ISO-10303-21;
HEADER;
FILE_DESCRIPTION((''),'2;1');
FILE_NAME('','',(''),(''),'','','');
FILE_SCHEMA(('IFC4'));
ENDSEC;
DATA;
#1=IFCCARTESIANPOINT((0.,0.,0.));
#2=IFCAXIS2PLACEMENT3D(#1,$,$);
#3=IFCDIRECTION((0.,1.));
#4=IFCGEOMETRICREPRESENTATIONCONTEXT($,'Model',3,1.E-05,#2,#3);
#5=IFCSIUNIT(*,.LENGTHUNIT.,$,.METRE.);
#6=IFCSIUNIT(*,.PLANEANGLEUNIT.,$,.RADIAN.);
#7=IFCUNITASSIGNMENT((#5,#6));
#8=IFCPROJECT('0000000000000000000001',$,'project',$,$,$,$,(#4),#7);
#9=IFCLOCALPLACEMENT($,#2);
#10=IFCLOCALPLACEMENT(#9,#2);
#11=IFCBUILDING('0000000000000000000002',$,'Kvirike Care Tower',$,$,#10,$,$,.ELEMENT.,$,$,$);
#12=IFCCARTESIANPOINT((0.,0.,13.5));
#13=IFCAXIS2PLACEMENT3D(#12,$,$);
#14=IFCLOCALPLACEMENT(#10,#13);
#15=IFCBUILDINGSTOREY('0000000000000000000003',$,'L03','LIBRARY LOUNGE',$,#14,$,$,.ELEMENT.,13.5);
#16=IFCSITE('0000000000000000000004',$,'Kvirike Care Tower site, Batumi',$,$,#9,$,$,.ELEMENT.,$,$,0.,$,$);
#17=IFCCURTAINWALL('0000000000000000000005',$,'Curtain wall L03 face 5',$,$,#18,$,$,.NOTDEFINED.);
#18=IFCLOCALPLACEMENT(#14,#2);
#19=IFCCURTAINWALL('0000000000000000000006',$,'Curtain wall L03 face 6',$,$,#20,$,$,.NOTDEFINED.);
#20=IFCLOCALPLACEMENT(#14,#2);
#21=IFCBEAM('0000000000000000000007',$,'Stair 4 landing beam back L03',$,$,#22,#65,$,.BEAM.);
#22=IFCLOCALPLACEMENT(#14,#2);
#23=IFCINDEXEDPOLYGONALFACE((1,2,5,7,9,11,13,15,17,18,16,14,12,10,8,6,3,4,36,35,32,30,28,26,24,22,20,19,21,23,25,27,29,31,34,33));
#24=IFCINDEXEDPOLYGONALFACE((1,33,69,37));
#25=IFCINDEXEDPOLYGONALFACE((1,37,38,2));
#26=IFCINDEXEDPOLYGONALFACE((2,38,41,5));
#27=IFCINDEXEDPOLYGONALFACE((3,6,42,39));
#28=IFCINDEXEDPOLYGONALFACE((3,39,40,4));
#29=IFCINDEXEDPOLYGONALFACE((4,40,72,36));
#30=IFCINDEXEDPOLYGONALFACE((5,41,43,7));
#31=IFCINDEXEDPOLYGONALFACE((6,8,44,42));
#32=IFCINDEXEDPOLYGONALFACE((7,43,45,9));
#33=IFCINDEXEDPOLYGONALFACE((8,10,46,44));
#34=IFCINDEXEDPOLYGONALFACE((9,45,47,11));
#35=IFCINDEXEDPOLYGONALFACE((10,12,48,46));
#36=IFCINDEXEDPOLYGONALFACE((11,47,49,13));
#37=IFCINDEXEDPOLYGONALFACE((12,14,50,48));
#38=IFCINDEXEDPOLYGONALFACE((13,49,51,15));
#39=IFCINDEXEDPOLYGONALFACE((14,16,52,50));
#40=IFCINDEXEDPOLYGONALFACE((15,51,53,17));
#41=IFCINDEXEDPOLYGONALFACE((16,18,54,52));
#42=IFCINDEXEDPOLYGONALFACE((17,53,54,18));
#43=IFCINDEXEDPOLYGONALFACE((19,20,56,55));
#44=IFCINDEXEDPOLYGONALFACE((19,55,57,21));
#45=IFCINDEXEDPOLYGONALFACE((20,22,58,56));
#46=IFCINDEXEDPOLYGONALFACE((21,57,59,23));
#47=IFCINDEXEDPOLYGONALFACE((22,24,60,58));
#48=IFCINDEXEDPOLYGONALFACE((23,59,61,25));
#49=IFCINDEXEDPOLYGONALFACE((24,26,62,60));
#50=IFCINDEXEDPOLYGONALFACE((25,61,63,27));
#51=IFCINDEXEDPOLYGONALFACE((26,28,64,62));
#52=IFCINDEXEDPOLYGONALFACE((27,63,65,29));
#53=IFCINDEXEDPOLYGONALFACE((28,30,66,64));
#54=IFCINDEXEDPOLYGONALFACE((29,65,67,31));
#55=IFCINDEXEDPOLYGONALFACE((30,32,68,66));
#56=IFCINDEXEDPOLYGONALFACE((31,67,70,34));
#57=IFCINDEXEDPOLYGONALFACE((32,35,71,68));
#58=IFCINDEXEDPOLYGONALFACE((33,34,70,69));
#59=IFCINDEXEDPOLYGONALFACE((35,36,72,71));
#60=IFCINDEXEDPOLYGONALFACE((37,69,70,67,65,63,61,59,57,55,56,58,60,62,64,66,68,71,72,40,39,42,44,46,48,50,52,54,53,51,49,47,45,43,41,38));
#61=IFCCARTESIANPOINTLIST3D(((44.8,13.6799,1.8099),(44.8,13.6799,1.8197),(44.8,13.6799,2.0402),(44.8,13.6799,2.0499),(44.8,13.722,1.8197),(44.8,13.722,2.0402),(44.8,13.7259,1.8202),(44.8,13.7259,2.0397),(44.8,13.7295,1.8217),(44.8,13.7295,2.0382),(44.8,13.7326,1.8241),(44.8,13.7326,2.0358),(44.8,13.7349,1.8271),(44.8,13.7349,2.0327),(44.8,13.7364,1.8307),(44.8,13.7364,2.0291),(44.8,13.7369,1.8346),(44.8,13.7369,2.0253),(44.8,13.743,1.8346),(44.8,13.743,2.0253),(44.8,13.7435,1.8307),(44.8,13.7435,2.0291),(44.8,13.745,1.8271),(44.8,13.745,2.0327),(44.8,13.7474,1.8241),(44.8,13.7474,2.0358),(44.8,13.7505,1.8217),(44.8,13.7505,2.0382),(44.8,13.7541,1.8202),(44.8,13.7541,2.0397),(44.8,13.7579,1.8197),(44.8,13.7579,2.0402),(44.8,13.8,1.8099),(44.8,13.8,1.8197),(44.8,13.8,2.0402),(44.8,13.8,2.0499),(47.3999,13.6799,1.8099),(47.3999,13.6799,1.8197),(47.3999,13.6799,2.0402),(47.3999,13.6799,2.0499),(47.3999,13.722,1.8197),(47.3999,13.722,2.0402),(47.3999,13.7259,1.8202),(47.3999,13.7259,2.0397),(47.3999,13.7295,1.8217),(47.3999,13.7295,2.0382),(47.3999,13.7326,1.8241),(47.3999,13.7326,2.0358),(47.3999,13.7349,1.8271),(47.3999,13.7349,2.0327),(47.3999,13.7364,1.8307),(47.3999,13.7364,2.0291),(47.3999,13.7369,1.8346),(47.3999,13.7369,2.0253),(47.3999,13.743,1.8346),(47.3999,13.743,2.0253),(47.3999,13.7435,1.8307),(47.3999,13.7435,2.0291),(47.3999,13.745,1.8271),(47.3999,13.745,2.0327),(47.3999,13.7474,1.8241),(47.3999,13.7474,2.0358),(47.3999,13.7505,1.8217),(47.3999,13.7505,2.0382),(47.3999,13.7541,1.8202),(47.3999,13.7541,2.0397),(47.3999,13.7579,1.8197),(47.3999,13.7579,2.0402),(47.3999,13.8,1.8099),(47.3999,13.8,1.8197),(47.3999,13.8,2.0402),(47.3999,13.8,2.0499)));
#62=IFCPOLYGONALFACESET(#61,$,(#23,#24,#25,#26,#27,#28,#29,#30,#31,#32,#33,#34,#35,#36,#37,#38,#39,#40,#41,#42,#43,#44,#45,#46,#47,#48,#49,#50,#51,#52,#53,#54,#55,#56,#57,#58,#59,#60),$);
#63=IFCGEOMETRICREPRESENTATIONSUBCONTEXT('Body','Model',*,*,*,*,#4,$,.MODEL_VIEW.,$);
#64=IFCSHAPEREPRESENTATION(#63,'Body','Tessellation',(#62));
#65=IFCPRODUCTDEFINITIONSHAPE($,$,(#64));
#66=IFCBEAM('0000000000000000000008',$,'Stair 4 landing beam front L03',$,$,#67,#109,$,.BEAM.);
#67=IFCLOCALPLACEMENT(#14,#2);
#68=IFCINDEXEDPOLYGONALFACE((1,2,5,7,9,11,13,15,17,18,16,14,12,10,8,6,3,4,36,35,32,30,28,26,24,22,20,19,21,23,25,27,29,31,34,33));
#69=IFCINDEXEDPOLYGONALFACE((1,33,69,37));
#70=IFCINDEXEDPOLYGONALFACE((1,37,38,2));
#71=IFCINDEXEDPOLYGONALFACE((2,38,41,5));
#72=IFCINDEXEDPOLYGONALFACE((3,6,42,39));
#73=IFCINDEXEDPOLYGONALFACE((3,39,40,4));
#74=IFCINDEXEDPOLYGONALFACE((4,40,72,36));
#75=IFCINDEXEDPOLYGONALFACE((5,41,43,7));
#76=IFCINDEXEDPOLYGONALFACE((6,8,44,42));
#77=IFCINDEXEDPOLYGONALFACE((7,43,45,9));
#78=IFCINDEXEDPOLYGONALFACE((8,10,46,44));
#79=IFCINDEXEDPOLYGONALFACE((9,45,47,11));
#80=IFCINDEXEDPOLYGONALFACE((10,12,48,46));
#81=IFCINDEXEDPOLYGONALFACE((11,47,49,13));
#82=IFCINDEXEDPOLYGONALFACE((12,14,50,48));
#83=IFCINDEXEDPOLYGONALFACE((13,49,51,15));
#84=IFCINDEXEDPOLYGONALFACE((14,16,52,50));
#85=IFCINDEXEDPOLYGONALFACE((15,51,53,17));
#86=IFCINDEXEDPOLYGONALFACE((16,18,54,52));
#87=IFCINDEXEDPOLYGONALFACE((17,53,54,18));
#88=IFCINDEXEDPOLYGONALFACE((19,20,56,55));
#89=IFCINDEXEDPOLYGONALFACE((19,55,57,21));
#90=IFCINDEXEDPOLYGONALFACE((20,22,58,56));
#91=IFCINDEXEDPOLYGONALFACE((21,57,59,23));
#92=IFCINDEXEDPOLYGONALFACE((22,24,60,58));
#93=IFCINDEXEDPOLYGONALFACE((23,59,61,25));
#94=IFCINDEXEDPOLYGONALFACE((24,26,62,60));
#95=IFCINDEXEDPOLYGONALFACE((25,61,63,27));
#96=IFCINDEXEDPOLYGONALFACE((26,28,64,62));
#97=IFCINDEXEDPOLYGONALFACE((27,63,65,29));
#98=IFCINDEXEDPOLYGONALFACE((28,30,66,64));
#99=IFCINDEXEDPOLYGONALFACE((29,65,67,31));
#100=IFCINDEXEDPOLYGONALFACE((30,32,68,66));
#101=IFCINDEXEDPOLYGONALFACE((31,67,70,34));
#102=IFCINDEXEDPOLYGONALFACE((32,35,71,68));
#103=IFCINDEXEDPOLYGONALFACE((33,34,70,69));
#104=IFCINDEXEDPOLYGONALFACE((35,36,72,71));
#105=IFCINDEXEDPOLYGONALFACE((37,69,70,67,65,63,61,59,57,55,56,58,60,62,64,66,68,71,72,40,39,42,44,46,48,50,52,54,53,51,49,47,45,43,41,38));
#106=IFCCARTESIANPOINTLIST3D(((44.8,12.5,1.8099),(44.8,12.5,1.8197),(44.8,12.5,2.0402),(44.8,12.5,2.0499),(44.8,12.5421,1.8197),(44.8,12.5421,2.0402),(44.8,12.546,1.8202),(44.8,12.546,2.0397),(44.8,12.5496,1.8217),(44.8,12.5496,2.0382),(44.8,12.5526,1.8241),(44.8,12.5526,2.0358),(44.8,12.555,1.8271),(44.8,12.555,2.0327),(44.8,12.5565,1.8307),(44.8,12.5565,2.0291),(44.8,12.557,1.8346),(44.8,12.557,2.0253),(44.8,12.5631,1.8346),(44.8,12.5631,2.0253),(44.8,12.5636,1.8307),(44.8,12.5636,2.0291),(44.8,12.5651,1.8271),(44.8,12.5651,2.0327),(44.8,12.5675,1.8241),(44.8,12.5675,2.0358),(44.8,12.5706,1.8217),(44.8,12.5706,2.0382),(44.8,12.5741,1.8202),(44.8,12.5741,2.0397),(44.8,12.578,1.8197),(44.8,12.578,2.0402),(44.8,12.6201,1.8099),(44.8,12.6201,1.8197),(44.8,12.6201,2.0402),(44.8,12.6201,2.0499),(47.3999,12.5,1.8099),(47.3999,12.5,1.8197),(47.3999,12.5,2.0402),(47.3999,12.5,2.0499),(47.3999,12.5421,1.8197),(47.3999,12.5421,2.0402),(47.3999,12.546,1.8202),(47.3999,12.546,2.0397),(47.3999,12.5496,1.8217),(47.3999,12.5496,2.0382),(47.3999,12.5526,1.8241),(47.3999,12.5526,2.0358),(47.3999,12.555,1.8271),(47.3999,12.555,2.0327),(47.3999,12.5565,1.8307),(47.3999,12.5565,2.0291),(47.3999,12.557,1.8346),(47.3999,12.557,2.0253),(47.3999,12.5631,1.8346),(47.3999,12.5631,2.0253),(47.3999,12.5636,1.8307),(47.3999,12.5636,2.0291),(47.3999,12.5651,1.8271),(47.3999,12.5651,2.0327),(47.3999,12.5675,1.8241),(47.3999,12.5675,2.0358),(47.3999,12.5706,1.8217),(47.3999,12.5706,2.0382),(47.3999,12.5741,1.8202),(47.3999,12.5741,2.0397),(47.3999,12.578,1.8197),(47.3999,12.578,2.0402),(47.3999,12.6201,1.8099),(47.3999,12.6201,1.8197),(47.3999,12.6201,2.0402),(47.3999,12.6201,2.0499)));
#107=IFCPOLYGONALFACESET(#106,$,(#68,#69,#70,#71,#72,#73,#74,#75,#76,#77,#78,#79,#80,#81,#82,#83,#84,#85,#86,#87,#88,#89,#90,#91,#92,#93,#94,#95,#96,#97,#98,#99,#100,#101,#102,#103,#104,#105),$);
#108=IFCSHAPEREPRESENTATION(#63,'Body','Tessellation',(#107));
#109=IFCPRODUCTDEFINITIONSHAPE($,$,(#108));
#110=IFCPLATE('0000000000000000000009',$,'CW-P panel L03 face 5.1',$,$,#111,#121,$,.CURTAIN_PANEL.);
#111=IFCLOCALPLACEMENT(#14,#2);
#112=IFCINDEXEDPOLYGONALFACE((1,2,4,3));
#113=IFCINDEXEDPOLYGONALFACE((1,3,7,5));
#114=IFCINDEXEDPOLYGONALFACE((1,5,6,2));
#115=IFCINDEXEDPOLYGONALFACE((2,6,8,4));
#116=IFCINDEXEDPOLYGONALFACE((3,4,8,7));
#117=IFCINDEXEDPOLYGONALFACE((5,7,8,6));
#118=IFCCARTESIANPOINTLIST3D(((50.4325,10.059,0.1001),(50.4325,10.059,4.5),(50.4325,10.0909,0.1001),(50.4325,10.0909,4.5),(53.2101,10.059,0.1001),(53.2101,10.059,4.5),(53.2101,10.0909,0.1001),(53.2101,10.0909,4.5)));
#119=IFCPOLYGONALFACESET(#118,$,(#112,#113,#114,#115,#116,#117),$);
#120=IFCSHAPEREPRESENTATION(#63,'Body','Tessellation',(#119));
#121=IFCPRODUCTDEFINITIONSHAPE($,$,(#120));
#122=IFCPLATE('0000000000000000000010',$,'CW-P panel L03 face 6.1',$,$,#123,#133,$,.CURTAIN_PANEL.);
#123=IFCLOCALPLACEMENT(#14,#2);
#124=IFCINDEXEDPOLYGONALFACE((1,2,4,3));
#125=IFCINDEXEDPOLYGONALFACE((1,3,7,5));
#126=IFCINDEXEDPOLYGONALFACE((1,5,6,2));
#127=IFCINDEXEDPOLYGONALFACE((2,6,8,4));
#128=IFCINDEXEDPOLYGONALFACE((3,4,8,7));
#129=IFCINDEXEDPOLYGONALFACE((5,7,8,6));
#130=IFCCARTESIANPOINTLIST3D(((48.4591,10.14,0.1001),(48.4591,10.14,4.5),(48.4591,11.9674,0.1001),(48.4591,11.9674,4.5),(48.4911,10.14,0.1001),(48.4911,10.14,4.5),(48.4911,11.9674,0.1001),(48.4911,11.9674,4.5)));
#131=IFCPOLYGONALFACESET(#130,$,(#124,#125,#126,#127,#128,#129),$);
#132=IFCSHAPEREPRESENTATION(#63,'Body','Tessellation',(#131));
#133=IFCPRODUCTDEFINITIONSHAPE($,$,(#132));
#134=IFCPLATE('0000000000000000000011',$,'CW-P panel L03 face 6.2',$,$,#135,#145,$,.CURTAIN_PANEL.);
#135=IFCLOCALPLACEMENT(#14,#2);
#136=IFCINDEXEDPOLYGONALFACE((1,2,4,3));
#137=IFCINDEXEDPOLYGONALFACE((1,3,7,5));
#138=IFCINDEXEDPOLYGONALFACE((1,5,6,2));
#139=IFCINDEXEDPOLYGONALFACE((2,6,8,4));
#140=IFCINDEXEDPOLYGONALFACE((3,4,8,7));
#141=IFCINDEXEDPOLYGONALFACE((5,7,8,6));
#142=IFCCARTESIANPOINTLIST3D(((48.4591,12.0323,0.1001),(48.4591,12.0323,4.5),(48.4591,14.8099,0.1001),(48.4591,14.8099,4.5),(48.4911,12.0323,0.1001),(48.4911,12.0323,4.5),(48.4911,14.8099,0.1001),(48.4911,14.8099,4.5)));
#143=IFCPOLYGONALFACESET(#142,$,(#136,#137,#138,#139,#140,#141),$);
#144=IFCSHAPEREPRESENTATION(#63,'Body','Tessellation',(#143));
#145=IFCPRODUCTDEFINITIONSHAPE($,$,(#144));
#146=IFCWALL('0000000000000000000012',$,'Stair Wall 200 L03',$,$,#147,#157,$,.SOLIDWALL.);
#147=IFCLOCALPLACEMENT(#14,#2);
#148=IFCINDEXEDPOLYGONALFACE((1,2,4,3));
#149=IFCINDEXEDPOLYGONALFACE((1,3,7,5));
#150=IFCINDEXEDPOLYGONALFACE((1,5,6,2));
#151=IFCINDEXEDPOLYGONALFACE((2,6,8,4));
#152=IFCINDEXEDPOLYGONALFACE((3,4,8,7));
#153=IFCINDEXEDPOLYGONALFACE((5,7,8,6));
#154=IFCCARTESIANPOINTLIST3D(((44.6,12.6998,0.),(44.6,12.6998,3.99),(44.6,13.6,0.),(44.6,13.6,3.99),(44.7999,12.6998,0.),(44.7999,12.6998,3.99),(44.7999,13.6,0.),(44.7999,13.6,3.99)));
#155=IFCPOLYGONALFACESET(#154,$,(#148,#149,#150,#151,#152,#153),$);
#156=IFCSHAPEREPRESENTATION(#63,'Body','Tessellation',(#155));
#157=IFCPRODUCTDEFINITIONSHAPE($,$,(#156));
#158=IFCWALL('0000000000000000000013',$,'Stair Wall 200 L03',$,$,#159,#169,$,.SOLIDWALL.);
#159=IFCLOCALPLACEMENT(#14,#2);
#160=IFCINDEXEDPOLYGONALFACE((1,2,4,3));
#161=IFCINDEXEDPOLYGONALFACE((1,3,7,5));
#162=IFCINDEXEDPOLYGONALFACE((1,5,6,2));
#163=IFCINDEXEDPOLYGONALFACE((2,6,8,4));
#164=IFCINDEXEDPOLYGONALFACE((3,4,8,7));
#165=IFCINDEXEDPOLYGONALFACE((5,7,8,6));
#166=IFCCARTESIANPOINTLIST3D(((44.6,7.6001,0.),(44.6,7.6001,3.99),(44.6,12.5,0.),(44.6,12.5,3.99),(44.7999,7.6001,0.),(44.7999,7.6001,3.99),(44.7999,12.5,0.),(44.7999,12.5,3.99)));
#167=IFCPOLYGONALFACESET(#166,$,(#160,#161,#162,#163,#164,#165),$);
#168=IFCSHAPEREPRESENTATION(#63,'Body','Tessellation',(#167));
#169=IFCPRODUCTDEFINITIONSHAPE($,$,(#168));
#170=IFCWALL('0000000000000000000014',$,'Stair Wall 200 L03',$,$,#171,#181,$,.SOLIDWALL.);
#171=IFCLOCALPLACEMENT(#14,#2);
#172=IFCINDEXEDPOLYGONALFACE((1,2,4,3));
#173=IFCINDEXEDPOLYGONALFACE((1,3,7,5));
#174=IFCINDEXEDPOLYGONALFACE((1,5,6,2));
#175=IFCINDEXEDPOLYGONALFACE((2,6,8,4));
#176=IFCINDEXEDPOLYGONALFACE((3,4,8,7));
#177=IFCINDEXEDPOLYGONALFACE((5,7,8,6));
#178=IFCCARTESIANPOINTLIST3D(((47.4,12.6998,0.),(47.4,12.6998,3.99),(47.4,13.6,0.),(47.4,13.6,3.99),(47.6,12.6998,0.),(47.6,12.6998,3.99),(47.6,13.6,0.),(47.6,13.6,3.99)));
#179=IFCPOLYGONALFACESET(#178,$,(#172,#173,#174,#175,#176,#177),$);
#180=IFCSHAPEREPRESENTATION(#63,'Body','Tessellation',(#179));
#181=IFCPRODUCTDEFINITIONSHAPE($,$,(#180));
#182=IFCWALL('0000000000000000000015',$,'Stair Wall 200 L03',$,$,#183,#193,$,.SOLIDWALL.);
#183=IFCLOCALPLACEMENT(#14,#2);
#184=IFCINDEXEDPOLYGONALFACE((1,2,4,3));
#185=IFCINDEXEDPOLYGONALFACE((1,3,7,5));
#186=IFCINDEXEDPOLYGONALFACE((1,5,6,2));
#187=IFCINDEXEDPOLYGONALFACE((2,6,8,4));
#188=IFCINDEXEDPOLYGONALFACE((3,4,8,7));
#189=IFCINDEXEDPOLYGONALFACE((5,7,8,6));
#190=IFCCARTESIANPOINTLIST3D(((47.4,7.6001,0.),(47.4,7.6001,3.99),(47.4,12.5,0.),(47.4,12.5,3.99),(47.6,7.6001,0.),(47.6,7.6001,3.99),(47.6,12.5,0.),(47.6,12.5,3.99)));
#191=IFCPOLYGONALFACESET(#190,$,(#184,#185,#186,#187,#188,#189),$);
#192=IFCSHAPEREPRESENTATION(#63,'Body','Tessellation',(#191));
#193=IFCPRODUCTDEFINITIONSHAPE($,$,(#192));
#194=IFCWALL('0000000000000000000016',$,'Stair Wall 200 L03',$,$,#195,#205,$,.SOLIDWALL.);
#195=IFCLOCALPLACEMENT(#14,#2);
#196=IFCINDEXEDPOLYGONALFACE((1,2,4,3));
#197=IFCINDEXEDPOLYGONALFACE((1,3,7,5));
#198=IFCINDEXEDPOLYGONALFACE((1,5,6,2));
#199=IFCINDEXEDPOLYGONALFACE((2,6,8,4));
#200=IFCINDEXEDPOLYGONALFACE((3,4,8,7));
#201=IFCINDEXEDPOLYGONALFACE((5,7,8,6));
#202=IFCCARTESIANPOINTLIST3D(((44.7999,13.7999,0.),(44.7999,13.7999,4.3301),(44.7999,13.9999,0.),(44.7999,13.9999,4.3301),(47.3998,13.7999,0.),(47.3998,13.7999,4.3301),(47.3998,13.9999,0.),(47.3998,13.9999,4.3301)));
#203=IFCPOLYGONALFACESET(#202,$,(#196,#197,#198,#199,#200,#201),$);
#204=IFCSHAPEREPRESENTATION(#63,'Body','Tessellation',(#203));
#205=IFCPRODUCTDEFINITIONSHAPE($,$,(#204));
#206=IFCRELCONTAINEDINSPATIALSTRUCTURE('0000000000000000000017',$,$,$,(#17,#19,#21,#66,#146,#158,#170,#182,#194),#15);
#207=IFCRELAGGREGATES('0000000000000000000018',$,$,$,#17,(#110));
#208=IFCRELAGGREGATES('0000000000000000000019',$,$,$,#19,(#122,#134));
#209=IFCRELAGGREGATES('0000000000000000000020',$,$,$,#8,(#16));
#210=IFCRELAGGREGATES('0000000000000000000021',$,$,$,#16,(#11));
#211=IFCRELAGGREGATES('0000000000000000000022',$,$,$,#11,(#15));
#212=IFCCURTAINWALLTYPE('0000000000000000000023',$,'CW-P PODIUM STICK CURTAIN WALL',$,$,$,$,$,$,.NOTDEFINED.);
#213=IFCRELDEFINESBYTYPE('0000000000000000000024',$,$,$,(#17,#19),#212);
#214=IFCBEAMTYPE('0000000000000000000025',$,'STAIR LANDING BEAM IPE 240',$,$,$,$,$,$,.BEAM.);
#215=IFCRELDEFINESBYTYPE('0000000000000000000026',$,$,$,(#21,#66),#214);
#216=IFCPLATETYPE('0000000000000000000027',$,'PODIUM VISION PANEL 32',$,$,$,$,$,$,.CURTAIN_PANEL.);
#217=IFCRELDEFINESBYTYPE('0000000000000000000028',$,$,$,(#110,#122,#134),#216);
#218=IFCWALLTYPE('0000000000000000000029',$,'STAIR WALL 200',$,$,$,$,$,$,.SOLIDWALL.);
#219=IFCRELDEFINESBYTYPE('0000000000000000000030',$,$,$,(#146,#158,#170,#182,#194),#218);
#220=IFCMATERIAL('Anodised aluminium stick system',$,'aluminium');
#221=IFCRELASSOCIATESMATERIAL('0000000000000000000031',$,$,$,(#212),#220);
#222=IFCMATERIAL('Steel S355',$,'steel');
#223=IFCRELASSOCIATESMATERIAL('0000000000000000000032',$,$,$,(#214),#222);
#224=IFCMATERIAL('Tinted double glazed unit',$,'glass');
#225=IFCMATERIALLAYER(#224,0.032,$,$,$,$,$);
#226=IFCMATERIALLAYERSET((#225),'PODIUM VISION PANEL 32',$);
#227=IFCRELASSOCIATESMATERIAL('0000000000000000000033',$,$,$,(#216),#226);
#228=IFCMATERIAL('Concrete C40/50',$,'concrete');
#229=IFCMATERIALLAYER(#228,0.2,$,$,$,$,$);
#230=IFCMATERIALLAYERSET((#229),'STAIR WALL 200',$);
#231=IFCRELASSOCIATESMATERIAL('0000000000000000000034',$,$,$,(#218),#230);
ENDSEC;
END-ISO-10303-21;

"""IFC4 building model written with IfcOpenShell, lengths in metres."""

from ifc_helpers import new_model, si_unit, direction, frame, frame_2d, origin, origin_2d, place, context, subcontext, project, spatial, rectangle, i_section, extrude, material, layer, layer_set, material_profile, profile_set, type_object, element, aggregate, save


model = new_model("IFC4")

# Units and contexts
model_context = context("Model", 3, precision=1e-05, world=origin(), true_north=direction((0.0, 1.0)))
body_context = subcontext(model_context, "Body", "Model", "MODEL_VIEW")
ifc_project = project(units=[si_unit("LENGTHUNIT", "METRE"), si_unit("PLANEANGLEUNIT", "RADIAN")], contexts=[model_context])

# Site, building, storey
site_placement = place(None, origin())
site = spatial("IfcSite", under=ifc_project, at=site_placement, Name="Kvirike Care Tower site, Batumi", CompositionType="ELEMENT", RefElevation=0.0)
building_placement = place(site_placement, origin())
building = spatial("IfcBuilding", under=site, at=building_placement, Name="Kvirike Care Tower", CompositionType="ELEMENT")
storey_placement = place(building_placement, frame((0.0, 0.0, 13.5)))
storey = spatial("IfcBuildingStorey", under=building, at=storey_placement, Name="L03", Description="LIBRARY LOUNGE", CompositionType="ELEMENT", Elevation=13.5)

# Curtain walls
ifc_material_1 = material(Name="Anodised aluminium stick system", Category="aluminium")
curtain_wall_type = type_object("IfcCurtainWallType", Name="CW-P PODIUM STICK CURTAIN WALL", PredefinedType="NOTDEFINED", material=ifc_material_1)
curtain_wall_1_placement = place(storey_placement, origin())
curtain_wall_1 = element("IfcCurtainWall", 1, at=curtain_wall_1_placement, inside=storey, type_object=curtain_wall_type, Name="Curtain wall L03 face 5", PredefinedType="NOTDEFINED")
curtain_wall_2_placement = place(storey_placement, origin())
curtain_wall_2 = element("IfcCurtainWall", 2, at=curtain_wall_2_placement, inside=storey, type_object=curtain_wall_type, Name="Curtain wall L03 face 6", PredefinedType="NOTDEFINED")

# Beams
ifc_material_2 = material(Name="Steel S355", Category="steel")
ifc_material_profile_1 = material_profile(ifc_material_2, i_section(OverallWidth=0.1201, OverallDepth=0.24, WebThickness=0.0061, FlangeThickness=0.0098, FilletRadius=0.0149, at=origin_2d()), Name="IPE 240")
ifc_profile_set_1 = profile_set([ifc_material_profile_1], Name="Steel S355")
beam_type = type_object("IfcBeamType", Name="STAIR LANDING BEAM IPE 240", PredefinedType="BEAM", material=ifc_profile_set_1)
for number, where, z_axis, x_axis, name in (
    (3, (44.8, 13.74, 1.9299), (1.0, 0.0, 0.0), (0.0, 1.0, 0.0), "Stair 4 landing beam back L03"),
    (4, (44.8, 12.5601, 1.9299), (1.0, 0.0, 0.0), (0.0, 1.0, 0.0), "Stair 4 landing beam front L03"),
):
    element("IfcBeam", number, at=place(storey_placement, frame(where, z_axis=z_axis, x_axis=x_axis)), inside=storey, type_object=beam_type, Name=name, PredefinedType="BEAM", context=body_context, shape_type="SweptSolid", body=[
        extrude(i_section(OverallWidth=0.1201, OverallDepth=0.24, WebThickness=0.0061, FlangeThickness=0.0098, FilletRadius=0.0149, at=origin_2d()), origin(), (0.0, 0.0, 1.0), 2.5999),
    ])

# Plates
ifc_material_3 = material(Name="Tinted double glazed unit", Category="glass")
ifc_layer_1 = layer(ifc_material_3, 0.032)
ifc_layer_set_1 = layer_set([ifc_layer_1], Name="PODIUM VISION PANEL 32")
plate_type = type_object("IfcPlateType", Name="PODIUM VISION PANEL 32", PredefinedType="CURTAIN_PANEL", material=ifc_layer_set_1)
plate_1_placement = place(storey_placement, frame((51.8213, 10.075, 0.1001), z_axis=(0.0, 0.0, 1.0), x_axis=(-1.0, 0.0, 0.0)))
plate_1 = element("IfcPlate", 5, at=plate_1_placement, type_object=plate_type, Name="CW-P panel L03 face 5.1", PredefinedType="CURTAIN_PANEL", context=body_context, shape_type="SweptSolid", body=[
    extrude(rectangle(XDim=2.7776, YDim=0.032, at=origin_2d()), origin(), (0.0, 0.0, 1.0), 4.3999),
])
aggregate(curtain_wall_1, [plate_1])
plate_2_placement = place(storey_placement, frame((48.4751, 11.0537, 0.1001), z_axis=(0.0, 0.0, 1.0), x_axis=(0.0, 1.0, 0.0)))
plate_2 = element("IfcPlate", 6, at=plate_2_placement, type_object=plate_type, Name="CW-P panel L03 face 6.1", PredefinedType="CURTAIN_PANEL", context=body_context, shape_type="SweptSolid", body=[
    extrude(rectangle(XDim=1.8274, YDim=0.032, at=origin_2d()), origin(), (0.0, 0.0, 1.0), 4.3999),
])
plate_3_placement = place(storey_placement, frame((48.4751, 13.4211, 0.1001), z_axis=(0.0, 0.0, 1.0), x_axis=(0.0, 1.0, 0.0)))
plate_3 = element("IfcPlate", 7, at=plate_3_placement, type_object=plate_type, Name="CW-P panel L03 face 6.2", PredefinedType="CURTAIN_PANEL", context=body_context, shape_type="SweptSolid", body=[
    extrude(rectangle(XDim=2.7776, YDim=0.032, at=origin_2d()), origin(), (0.0, 0.0, 1.0), 4.3999),
])
aggregate(curtain_wall_2, [plate_2, plate_3])

# Walls
ifc_material_4 = material(Name="Concrete C40/50", Category="concrete")
ifc_layer_2 = layer(ifc_material_4, 0.2)
ifc_layer_set_2 = layer_set([ifc_layer_2], Name="STAIR WALL 200")
wall_type = type_object("IfcWallType", Name="STAIR WALL 200", PredefinedType="SOLIDWALL", material=ifc_layer_set_2)
wall_1_placement = place(storey_placement, frame((44.7, 13.6001, 0.0), z_axis=(0.0, 0.0, 1.0), x_axis=(0.0, -1.0, 0.0)))
element("IfcWall", 8, at=wall_1_placement, inside=storey, type_object=wall_type, Name="Stair Wall 200 L03", PredefinedType="SOLIDWALL", context=body_context, shape_type="SweptSolid", body=[
    extrude(rectangle(XDim=0.9001, YDim=0.2, at=frame_2d((0.4502, 0.0))), origin(), (0.0, 0.0, 1.0), 3.99),
])
wall_2_placement = place(storey_placement, frame((44.7, 12.5, 0.0), z_axis=(0.0, 0.0, 1.0), x_axis=(0.0, -1.0, 0.0)))
element("IfcWall", 9, at=wall_2_placement, inside=storey, type_object=wall_type, Name="Stair Wall 200 L03", PredefinedType="SOLIDWALL", context=body_context, shape_type="SweptSolid", body=[
    extrude(rectangle(XDim=4.8999, YDim=0.2, at=frame_2d((2.45, 0.0))), origin(), (0.0, 0.0, 1.0), 3.99),
])
wall_3_placement = place(storey_placement, frame((47.5, 13.6001, 0.0), z_axis=(0.0, 0.0, 1.0), x_axis=(0.0, -1.0, 0.0)))
element("IfcWall", 10, at=wall_3_placement, inside=storey, type_object=wall_type, Name="Stair Wall 200 L03", PredefinedType="SOLIDWALL", context=body_context, shape_type="SweptSolid", body=[
    extrude(rectangle(XDim=0.9001, YDim=0.2, at=frame_2d((0.4502, 0.0))), origin(), (0.0, 0.0, 1.0), 3.99),
])
wall_4_placement = place(storey_placement, frame((47.5, 12.5, 0.0), z_axis=(0.0, 0.0, 1.0), x_axis=(0.0, -1.0, 0.0)))
element("IfcWall", 11, at=wall_4_placement, inside=storey, type_object=wall_type, Name="Stair Wall 200 L03", PredefinedType="SOLIDWALL", context=body_context, shape_type="SweptSolid", body=[
    extrude(rectangle(XDim=4.8999, YDim=0.2, at=frame_2d((2.45, 0.0))), origin(), (0.0, 0.0, 1.0), 3.99),
])
wall_5_placement = place(storey_placement, frame((44.8, 13.8999, 0.0), z_axis=(0.0, 0.0, 1.0), x_axis=(1.0, 0.0, 0.0)))
element("IfcWall", 12, at=wall_5_placement, inside=storey, type_object=wall_type, Name="Stair Wall 200 L03", PredefinedType="SOLIDWALL", context=body_context, shape_type="SweptSolid", body=[
    extrude(rectangle(XDim=2.5999, YDim=0.2, at=frame_2d((1.2998, 0.0))), origin(), (0.0, 0.0, 1.0), 4.3301),
])

save(model, "model.ifc")
